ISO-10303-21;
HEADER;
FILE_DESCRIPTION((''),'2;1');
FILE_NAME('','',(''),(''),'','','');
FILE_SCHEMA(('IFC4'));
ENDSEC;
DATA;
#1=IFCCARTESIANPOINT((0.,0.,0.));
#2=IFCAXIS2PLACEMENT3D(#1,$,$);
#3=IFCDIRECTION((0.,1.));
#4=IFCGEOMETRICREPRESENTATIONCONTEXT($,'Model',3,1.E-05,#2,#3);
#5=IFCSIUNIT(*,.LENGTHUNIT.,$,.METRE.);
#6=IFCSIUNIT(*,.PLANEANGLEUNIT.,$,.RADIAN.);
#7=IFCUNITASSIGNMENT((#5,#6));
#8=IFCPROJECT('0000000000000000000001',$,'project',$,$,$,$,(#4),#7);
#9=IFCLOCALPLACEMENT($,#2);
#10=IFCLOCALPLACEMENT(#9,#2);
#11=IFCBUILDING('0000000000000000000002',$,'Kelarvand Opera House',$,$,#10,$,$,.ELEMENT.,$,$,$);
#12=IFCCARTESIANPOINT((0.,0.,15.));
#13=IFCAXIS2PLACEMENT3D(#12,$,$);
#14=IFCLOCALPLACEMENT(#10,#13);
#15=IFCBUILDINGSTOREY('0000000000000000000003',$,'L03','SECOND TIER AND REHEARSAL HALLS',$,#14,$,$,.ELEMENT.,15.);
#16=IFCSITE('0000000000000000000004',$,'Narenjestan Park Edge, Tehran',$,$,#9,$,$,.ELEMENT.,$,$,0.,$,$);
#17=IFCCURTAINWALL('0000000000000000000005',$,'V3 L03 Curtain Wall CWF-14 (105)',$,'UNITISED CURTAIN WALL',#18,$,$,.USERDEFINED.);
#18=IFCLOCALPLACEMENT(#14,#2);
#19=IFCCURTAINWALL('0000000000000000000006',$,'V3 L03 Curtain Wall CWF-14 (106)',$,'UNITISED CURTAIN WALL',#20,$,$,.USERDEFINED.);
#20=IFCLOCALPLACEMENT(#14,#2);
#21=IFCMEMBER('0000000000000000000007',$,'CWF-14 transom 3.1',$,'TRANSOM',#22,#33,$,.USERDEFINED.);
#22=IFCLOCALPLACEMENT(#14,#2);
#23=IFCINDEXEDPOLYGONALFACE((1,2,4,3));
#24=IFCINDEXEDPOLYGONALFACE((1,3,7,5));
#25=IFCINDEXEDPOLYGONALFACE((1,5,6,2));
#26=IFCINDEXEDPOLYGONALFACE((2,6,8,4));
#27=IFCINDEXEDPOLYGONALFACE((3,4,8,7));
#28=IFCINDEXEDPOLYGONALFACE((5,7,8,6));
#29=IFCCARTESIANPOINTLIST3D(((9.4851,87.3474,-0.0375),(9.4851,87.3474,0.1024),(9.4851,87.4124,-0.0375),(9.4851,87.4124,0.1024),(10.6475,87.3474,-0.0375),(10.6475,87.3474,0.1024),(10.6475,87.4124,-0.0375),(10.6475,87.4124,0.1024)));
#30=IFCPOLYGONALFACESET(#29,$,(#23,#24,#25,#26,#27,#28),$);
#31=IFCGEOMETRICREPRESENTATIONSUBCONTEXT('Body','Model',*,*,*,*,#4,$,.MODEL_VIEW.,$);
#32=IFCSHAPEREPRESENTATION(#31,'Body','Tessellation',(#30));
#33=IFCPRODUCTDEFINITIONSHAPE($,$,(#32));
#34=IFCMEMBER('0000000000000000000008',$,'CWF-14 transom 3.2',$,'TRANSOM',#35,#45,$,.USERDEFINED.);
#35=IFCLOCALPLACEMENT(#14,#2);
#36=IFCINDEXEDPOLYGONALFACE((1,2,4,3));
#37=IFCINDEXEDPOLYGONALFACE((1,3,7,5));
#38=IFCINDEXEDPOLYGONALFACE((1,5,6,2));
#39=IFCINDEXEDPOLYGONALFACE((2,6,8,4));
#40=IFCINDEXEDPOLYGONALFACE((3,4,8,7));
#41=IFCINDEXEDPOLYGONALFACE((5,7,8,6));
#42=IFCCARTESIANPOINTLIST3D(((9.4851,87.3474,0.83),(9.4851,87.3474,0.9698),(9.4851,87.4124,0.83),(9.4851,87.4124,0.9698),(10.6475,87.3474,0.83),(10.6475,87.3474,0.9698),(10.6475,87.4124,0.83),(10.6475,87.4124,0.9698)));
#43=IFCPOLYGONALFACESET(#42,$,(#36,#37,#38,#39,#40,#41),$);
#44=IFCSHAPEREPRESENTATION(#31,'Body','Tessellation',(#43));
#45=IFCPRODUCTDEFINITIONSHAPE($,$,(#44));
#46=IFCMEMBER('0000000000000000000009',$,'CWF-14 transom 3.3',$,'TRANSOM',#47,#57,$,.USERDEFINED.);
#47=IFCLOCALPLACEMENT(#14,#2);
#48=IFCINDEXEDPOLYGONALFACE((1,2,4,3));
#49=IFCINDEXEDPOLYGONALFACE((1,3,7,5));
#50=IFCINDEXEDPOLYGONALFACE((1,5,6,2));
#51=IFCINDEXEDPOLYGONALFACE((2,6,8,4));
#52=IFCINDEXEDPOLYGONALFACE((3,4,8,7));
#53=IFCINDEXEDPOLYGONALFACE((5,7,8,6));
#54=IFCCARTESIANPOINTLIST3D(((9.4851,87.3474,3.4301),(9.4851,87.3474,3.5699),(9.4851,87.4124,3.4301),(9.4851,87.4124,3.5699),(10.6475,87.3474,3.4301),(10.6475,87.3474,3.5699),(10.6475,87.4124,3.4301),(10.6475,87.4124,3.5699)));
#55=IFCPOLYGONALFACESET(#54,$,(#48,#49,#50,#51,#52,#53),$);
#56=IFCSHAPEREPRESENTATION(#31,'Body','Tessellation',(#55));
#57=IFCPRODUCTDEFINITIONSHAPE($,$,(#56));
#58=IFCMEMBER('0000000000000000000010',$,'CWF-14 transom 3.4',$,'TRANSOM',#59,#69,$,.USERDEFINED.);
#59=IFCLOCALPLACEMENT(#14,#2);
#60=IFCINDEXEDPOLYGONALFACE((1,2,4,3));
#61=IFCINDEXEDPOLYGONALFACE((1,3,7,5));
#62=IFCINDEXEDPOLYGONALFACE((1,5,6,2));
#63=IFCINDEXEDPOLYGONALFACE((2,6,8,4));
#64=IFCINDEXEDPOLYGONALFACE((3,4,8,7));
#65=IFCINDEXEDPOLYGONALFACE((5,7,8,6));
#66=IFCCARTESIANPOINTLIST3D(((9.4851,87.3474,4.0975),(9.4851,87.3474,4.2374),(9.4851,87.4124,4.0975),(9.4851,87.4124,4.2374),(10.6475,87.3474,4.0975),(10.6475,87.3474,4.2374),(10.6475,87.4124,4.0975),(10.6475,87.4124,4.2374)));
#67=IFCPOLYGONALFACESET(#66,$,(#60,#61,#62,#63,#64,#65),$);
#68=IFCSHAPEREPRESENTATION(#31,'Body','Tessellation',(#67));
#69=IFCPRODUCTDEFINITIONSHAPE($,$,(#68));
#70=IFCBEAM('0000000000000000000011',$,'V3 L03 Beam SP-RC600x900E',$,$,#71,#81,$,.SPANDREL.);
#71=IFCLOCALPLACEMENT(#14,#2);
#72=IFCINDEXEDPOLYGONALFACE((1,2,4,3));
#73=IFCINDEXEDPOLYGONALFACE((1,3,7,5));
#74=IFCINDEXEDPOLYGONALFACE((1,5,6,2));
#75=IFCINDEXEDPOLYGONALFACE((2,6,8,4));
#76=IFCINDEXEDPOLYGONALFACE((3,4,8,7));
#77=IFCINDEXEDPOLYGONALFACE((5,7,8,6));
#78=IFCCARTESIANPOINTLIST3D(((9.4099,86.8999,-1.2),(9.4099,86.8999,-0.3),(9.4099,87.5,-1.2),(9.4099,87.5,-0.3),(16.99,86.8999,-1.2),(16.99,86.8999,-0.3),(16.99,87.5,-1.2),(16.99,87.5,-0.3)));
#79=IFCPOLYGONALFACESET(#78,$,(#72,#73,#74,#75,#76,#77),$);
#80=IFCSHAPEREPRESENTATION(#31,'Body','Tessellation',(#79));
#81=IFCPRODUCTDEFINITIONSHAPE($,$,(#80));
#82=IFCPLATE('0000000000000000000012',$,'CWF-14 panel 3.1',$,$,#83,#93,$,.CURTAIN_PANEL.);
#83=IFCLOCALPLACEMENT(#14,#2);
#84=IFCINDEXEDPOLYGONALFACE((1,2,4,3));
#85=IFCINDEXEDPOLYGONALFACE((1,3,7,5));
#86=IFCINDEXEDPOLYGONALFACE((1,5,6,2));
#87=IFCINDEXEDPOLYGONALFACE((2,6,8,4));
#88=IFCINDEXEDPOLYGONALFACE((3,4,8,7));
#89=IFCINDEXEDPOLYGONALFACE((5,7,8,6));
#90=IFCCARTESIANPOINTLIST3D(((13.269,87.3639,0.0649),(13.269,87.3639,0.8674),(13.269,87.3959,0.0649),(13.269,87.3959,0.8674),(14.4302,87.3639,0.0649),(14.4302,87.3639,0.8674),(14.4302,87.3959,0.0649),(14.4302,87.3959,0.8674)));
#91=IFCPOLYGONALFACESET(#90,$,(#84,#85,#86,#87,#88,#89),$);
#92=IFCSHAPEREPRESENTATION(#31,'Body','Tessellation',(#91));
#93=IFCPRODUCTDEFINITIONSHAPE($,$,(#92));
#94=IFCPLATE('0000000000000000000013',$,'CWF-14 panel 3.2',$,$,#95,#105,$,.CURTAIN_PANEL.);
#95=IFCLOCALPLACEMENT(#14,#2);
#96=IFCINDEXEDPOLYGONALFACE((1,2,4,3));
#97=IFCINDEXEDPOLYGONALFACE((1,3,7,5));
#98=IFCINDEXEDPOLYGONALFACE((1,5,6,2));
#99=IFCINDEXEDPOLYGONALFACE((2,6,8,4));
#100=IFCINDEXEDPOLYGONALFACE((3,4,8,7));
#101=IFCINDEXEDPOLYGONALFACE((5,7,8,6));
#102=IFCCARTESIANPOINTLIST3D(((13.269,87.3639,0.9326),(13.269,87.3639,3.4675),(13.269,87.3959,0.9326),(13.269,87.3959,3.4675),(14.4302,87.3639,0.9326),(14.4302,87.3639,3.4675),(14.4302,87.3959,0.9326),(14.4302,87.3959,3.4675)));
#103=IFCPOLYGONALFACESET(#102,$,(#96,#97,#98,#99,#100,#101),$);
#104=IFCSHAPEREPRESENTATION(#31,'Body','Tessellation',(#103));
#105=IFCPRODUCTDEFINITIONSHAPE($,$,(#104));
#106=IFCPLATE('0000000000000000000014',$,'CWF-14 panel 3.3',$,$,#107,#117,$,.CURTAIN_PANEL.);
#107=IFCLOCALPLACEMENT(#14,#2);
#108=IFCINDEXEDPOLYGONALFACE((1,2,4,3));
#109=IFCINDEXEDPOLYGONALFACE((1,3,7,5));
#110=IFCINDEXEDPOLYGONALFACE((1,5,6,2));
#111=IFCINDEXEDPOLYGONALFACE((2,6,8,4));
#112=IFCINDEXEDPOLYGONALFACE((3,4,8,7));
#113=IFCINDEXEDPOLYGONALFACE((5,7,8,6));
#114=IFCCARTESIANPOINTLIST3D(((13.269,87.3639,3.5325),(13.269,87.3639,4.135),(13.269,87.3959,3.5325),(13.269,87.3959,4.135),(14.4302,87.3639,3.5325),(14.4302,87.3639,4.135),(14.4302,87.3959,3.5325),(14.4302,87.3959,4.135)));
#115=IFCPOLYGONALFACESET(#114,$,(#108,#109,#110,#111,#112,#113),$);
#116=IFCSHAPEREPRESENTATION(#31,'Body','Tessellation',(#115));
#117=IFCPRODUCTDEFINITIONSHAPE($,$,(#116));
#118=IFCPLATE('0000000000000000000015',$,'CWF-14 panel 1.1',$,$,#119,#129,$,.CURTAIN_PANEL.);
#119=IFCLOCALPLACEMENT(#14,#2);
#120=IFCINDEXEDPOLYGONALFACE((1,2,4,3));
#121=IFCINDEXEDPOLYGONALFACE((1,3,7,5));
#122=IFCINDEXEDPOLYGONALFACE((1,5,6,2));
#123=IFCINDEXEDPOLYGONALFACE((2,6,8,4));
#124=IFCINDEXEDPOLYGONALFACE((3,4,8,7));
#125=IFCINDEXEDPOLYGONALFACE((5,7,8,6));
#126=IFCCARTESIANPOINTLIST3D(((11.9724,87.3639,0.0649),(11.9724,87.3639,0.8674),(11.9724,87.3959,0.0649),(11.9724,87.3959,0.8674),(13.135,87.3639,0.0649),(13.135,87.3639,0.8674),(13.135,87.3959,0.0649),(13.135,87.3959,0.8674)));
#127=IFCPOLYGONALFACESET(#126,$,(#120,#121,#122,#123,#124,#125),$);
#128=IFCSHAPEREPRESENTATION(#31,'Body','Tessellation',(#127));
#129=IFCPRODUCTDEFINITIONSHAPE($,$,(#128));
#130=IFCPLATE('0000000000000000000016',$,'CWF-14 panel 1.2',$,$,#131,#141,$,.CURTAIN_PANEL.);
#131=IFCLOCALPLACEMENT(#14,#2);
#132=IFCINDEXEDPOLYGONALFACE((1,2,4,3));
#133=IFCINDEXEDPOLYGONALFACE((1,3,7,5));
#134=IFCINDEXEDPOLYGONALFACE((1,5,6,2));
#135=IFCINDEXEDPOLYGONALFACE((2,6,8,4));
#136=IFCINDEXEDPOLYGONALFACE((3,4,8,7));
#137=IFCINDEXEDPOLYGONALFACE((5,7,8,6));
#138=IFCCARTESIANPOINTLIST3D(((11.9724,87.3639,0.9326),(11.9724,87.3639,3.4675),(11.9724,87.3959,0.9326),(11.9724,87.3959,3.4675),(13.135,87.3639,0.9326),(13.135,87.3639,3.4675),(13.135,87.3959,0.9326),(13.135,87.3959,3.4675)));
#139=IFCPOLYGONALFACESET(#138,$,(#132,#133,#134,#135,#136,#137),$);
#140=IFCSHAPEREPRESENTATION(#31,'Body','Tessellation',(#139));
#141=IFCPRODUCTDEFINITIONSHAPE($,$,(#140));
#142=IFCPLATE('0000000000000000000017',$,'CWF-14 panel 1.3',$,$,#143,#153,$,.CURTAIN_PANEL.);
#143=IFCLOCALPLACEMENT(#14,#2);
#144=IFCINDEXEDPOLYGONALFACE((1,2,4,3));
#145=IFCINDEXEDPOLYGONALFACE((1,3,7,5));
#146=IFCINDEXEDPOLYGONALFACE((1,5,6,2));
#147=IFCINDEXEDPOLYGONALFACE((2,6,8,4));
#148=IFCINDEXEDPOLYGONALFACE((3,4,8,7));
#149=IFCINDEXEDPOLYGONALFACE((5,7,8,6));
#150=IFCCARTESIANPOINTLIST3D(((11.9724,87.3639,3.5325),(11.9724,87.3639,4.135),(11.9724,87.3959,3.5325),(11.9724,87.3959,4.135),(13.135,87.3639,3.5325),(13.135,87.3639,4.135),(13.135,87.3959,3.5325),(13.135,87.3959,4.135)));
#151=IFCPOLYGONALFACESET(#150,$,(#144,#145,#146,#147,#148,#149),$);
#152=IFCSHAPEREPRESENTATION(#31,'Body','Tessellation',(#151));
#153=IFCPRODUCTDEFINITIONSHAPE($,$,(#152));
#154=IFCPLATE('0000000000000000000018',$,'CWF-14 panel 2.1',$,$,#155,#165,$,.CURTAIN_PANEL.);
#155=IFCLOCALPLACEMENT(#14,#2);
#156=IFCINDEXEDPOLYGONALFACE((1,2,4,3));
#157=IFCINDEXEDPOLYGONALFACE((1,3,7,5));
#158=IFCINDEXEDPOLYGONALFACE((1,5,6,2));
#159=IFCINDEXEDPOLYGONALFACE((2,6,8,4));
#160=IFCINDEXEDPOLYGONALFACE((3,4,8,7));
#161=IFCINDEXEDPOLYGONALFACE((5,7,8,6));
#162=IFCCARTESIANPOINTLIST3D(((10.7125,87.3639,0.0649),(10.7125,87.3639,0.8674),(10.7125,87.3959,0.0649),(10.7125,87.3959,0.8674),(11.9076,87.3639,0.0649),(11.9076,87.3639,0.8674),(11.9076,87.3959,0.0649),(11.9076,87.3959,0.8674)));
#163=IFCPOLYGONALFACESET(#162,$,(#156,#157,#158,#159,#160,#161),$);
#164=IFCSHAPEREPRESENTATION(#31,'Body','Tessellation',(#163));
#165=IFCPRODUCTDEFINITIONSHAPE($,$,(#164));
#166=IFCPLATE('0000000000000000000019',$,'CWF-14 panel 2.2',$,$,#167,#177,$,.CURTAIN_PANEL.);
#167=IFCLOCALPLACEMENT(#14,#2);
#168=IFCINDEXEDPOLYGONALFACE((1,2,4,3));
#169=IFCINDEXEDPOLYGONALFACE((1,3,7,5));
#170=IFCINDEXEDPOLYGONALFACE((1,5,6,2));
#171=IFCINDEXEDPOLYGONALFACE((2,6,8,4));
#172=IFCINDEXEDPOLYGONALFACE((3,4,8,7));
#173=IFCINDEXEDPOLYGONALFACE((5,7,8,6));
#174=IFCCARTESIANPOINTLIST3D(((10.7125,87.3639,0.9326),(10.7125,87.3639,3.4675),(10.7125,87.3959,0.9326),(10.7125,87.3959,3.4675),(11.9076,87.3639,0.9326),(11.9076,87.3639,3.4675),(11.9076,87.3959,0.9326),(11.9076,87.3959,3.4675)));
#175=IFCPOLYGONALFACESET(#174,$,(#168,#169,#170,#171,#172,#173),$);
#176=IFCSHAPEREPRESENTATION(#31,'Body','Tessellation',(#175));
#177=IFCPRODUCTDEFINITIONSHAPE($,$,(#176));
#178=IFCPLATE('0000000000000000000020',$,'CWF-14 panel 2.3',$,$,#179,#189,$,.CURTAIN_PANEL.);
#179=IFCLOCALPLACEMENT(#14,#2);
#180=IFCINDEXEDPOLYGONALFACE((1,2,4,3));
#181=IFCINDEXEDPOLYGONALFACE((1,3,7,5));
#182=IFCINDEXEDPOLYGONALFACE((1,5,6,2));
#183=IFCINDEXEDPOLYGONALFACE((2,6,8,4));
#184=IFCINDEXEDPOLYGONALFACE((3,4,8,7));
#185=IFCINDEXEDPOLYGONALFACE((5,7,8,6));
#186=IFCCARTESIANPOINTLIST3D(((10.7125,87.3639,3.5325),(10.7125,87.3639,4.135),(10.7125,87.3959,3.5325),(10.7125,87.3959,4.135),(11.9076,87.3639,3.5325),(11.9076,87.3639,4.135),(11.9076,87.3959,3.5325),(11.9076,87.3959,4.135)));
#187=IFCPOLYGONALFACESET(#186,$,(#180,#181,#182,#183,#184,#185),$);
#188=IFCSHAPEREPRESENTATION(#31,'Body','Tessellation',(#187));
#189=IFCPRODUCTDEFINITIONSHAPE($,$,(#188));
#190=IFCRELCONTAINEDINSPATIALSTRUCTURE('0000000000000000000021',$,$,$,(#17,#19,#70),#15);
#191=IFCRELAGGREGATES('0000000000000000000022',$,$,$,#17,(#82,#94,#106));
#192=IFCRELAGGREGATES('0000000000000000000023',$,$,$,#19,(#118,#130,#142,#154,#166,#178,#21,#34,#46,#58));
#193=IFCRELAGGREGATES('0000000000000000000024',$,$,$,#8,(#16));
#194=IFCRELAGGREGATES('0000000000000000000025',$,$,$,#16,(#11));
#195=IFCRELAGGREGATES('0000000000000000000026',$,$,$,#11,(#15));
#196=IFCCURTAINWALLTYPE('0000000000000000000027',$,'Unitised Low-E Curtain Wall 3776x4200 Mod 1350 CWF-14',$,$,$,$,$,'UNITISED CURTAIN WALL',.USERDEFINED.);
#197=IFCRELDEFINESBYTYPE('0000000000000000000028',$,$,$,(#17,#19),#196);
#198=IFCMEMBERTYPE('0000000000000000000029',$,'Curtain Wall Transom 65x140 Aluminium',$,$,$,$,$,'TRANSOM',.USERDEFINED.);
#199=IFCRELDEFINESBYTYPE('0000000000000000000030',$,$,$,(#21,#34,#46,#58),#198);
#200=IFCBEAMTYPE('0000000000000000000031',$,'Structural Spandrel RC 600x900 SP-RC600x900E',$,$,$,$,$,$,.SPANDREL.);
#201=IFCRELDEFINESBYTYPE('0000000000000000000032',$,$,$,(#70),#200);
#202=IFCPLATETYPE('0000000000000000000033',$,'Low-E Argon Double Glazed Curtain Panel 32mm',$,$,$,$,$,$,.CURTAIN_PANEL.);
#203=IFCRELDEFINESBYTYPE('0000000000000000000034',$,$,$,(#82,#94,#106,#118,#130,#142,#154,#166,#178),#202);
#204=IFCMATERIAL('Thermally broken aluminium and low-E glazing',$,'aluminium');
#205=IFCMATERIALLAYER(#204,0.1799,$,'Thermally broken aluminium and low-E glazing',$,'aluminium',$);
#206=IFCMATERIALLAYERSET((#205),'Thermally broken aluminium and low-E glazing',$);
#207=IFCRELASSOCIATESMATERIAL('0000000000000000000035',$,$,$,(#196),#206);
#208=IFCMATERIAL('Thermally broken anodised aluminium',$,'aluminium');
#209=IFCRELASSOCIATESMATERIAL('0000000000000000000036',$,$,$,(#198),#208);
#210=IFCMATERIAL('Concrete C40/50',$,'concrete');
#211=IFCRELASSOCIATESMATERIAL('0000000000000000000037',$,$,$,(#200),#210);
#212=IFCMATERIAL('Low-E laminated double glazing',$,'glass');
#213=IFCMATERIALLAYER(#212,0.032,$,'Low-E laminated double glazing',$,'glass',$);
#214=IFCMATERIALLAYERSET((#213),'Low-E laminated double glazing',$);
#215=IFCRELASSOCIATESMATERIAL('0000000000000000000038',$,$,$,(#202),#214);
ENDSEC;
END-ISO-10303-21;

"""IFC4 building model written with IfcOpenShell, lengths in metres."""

from ifc_helpers import new_model, si_unit, direction, frame, origin, origin_2d, place, context, subcontext, project, spatial, rectangle, extrude, material, layer, layer_set, material_profile, profile_set, type_object, element, aggregate, save


model = new_model("IFC4")

# Units and contexts
model_context = context("Model", 3, precision=1e-05, world=origin(), true_north=direction((0.0, 1.0)))
body_context = subcontext(model_context, "Body", "Model", "MODEL_VIEW")
ifc_project = project(units=[si_unit("LENGTHUNIT", "METRE"), si_unit("PLANEANGLEUNIT", "RADIAN")], contexts=[model_context])

# Site, building, storey
site_placement = place(None, origin())
site = spatial("IfcSite", under=ifc_project, at=site_placement, Name="Narenjestan Park Edge, Tehran", CompositionType="ELEMENT", RefElevation=0.0)
building_placement = place(site_placement, origin())
building = spatial("IfcBuilding", under=site, at=building_placement, Name="Kelarvand Opera House", CompositionType="ELEMENT")
storey_placement = place(building_placement, frame((0.0, 0.0, 15.0)))
storey = spatial("IfcBuildingStorey", under=building, at=storey_placement, Name="L03", Description="SECOND TIER AND REHEARSAL HALLS", CompositionType="ELEMENT", Elevation=15.0)

# Shared definitions
ifc_material_1 = material(Name="Concrete C40/50", Category="concrete")

# Curtain wall
ifc_material_2 = material(Name="Thermally broken aluminium and low-E glazing", Category="aluminium")
ifc_layer_1 = layer(ifc_material_2, 0.1799, Name="Thermally broken aluminium and low-E glazing", Category="aluminium")
ifc_layer_set_1 = layer_set([ifc_layer_1], Name="Thermally broken aluminium and low-E glazing")
curtain_wall_type = type_object("IfcCurtainWallType", Name="Unitised Low-E Curtain Wall 3776x4200 Mod 1350 CWF-14", ElementType="UNITISED CURTAIN WALL", PredefinedType="USERDEFINED", material=ifc_layer_set_1)
curtain_wall_1_placement = place(storey_placement, origin())
curtain_wall_1 = element("IfcCurtainWall", 1, at=curtain_wall_1_placement, inside=storey, type_object=curtain_wall_type, Name="V3 L03 Curtain Wall CWF-14 (105)", ObjectType="UNITISED CURTAIN WALL", PredefinedType="USERDEFINED")
ifc_material_3 = material(Name="Thermally broken anodised aluminium", Category="aluminium")

# Curtain wall, members
curtain_wall_2_placement = place(storey_placement, origin())
curtain_wall_2 = element("IfcCurtainWall", 2, at=curtain_wall_2_placement, inside=storey, type_object=curtain_wall_type, Name="V3 L03 Curtain Wall CWF-14 (106)", ObjectType="UNITISED CURTAIN WALL", PredefinedType="USERDEFINED")
ifc_material_profile_1 = material_profile(ifc_material_3, rectangle(XDim=0.0649, YDim=0.1399, at=origin_2d()), Name="ALU TRANSOM 65x140", Category="aluminium")
ifc_profile_set_1 = profile_set([ifc_material_profile_1], Name="Thermally broken anodised aluminium")
member_type_1 = type_object("IfcMemberType", Name="Curtain Wall Transom 65x140 Aluminium", ElementType="TRANSOM", PredefinedType="USERDEFINED", material=ifc_profile_set_1)
member_1_placement = place(storey_placement, frame((10.6475, 87.3799, 0.0325), z_axis=(-1.0, 0.0, 0.0), x_axis=(0.0, -1.0, 0.0)))
member_1 = element("IfcMember", 3, at=member_1_placement, type_object=member_type_1, Name="CWF-14 transom 3.1", ObjectType="TRANSOM", PredefinedType="USERDEFINED", context=body_context, shape_type="SweptSolid", body=[
    extrude(rectangle(XDim=0.0649, YDim=0.1399, at=origin_2d()), origin(), (0.0, 0.0, 1.0), 1.1624),
])
member_2_placement = place(storey_placement, frame((10.6475, 87.3799, 0.8999), z_axis=(-1.0, 0.0, 0.0), x_axis=(0.0, -1.0, 0.0)))
member_2 = element("IfcMember", 4, at=member_2_placement, type_object=member_type_1, Name="CWF-14 transom 3.2", ObjectType="TRANSOM", PredefinedType="USERDEFINED", context=body_context, shape_type="SweptSolid", body=[
    extrude(rectangle(XDim=0.0649, YDim=0.1399, at=origin_2d()), origin(), (0.0, 0.0, 1.0), 1.1624),
])
member_3_placement = place(storey_placement, frame((10.6475, 87.3799, 3.5), z_axis=(-1.0, 0.0, 0.0), x_axis=(0.0, -1.0, 0.0)))
member_3 = element("IfcMember", 5, at=member_3_placement, type_object=member_type_1, Name="CWF-14 transom 3.3", ObjectType="TRANSOM", PredefinedType="USERDEFINED", context=body_context, shape_type="SweptSolid", body=[
    extrude(rectangle(XDim=0.0649, YDim=0.1399, at=origin_2d()), origin(), (0.0, 0.0, 1.0), 1.1624),
])
member_4_placement = place(storey_placement, frame((10.6475, 87.3799, 4.1675), z_axis=(-1.0, 0.0, 0.0), x_axis=(0.0, -1.0, 0.0)))
member_4 = element("IfcMember", 6, at=member_4_placement, type_object=member_type_1, Name="CWF-14 transom 3.4", ObjectType="TRANSOM", PredefinedType="USERDEFINED", context=body_context, shape_type="SweptSolid", body=[
    extrude(rectangle(XDim=0.0649, YDim=0.1399, at=origin_2d()), origin(), (0.0, 0.0, 1.0), 1.1624),
])

# Beam
ifc_material_profile_2 = material_profile(ifc_material_1, rectangle(XDim=0.6001, YDim=0.8999, at=origin_2d()), Name="RC 600x900", Category="concrete")
ifc_profile_set_2 = profile_set([ifc_material_profile_2], Name="Concrete C40/50")
beam_type = type_object("IfcBeamType", Name="Structural Spandrel RC 600x900 SP-RC600x900E", PredefinedType="SPANDREL", material=ifc_profile_set_2)
beam_placement = place(storey_placement, frame((9.4099, 87.2, -0.75), z_axis=(1.0, 0.0, 0.0), x_axis=(0.0, 1.0, 0.0)))
element("IfcBeam", 7, at=beam_placement, inside=storey, type_object=beam_type, Name="V3 L03 Beam SP-RC600x900E", PredefinedType="SPANDREL", context=body_context, shape_type="SweptSolid", body=[
    extrude(rectangle(XDim=0.6001, YDim=0.8999, at=origin_2d()), origin(), (0.0, 0.0, 1.0), 7.5801),
])

# Plates
ifc_material_4 = material(Name="Low-E laminated double glazing", Category="glass")
ifc_layer_2 = layer(ifc_material_4, 0.032, Name="Low-E laminated double glazing", Category="glass")
ifc_layer_set_2 = layer_set([ifc_layer_2], Name="Low-E laminated double glazing")
plate_type = type_object("IfcPlateType", Name="Low-E Argon Double Glazed Curtain Panel 32mm", PredefinedType="CURTAIN_PANEL", material=ifc_layer_set_2)
plate_1_placement = place(storey_placement, frame((13.8496, 87.3799, 0.0649), z_axis=(0.0, 0.0, 1.0), x_axis=(-1.0, 0.0, 0.0)))
plate_1 = element("IfcPlate", 8, at=plate_1_placement, type_object=plate_type, Name="CWF-14 panel 3.1", PredefinedType="CURTAIN_PANEL", context=body_context, shape_type="SweptSolid", body=[
    extrude(rectangle(XDim=1.1611, YDim=0.032, at=origin_2d()), origin(), (0.0, 0.0, 1.0), 0.8025),
])
plate_2_placement = place(storey_placement, frame((13.8496, 87.3799, 0.9326), z_axis=(0.0, 0.0, 1.0), x_axis=(-1.0, 0.0, 0.0)))
plate_2 = element("IfcPlate", 9, at=plate_2_placement, type_object=plate_type, Name="CWF-14 panel 3.2", PredefinedType="CURTAIN_PANEL", context=body_context, shape_type="SweptSolid", body=[
    extrude(rectangle(XDim=1.1611, YDim=0.032, at=origin_2d()), origin(), (0.0, 0.0, 1.0), 2.5349),
])
plate_3_placement = place(storey_placement, frame((13.8496, 87.3799, 3.5325), z_axis=(0.0, 0.0, 1.0), x_axis=(-1.0, 0.0, 0.0)))
plate_3 = element("IfcPlate", 10, at=plate_3_placement, type_object=plate_type, Name="CWF-14 panel 3.3", PredefinedType="CURTAIN_PANEL", context=body_context, shape_type="SweptSolid", body=[
    extrude(rectangle(XDim=1.1611, YDim=0.032, at=origin_2d()), origin(), (0.0, 0.0, 1.0), 0.6025),
])
aggregate(curtain_wall_1, [plate_1, plate_2, plate_3])
plate_4_placement = place(storey_placement, frame((12.5537, 87.3799, 0.0649), z_axis=(0.0, 0.0, 1.0), x_axis=(-1.0, 0.0, 0.0)))
plate_4 = element("IfcPlate", 11, at=plate_4_placement, type_object=plate_type, Name="CWF-14 panel 1.1", PredefinedType="CURTAIN_PANEL", context=body_context, shape_type="SweptSolid", body=[
    extrude(rectangle(XDim=1.1626, YDim=0.032, at=origin_2d()), origin(), (0.0, 0.0, 1.0), 0.8025),
])
plate_5_placement = place(storey_placement, frame((12.5537, 87.3799, 0.9326), z_axis=(0.0, 0.0, 1.0), x_axis=(-1.0, 0.0, 0.0)))
plate_5 = element("IfcPlate", 12, at=plate_5_placement, type_object=plate_type, Name="CWF-14 panel 1.2", PredefinedType="CURTAIN_PANEL", context=body_context, shape_type="SweptSolid", body=[
    extrude(rectangle(XDim=1.1626, YDim=0.032, at=origin_2d()), origin(), (0.0, 0.0, 1.0), 2.5349),
])
plate_6_placement = place(storey_placement, frame((12.5537, 87.3799, 3.5325), z_axis=(0.0, 0.0, 1.0), x_axis=(-1.0, 0.0, 0.0)))
plate_6 = element("IfcPlate", 13, at=plate_6_placement, type_object=plate_type, Name="CWF-14 panel 1.3", PredefinedType="CURTAIN_PANEL", context=body_context, shape_type="SweptSolid", body=[
    extrude(rectangle(XDim=1.1626, YDim=0.032, at=origin_2d()), origin(), (0.0, 0.0, 1.0), 0.6025),
])
plate_7_placement = place(storey_placement, frame((11.3101, 87.3799, 0.0649), z_axis=(0.0, 0.0, 1.0), x_axis=(-1.0, 0.0, 0.0)))
plate_7 = element("IfcPlate", 14, at=plate_7_placement, type_object=plate_type, Name="CWF-14 panel 2.1", PredefinedType="CURTAIN_PANEL", context=body_context, shape_type="SweptSolid", body=[
    extrude(rectangle(XDim=1.1951, YDim=0.032, at=origin_2d()), origin(), (0.0, 0.0, 1.0), 0.8025),
])
plate_8_placement = place(storey_placement, frame((11.3101, 87.3799, 0.9326), z_axis=(0.0, 0.0, 1.0), x_axis=(-1.0, 0.0, 0.0)))
plate_8 = element("IfcPlate", 15, at=plate_8_placement, type_object=plate_type, Name="CWF-14 panel 2.2", PredefinedType="CURTAIN_PANEL", context=body_context, shape_type="SweptSolid", body=[
    extrude(rectangle(XDim=1.1951, YDim=0.032, at=origin_2d()), origin(), (0.0, 0.0, 1.0), 2.5349),
])
plate_9_placement = place(storey_placement, frame((11.3101, 87.3799, 3.5325), z_axis=(0.0, 0.0, 1.0), x_axis=(-1.0, 0.0, 0.0)))
plate_9 = element("IfcPlate", 16, at=plate_9_placement, type_object=plate_type, Name="CWF-14 panel 2.3", PredefinedType="CURTAIN_PANEL", context=body_context, shape_type="SweptSolid", body=[
    extrude(rectangle(XDim=1.1951, YDim=0.032, at=origin_2d()), origin(), (0.0, 0.0, 1.0), 0.6025),
])
aggregate(curtain_wall_2, [plate_4, plate_5, plate_6, plate_7, plate_8, plate_9, member_1, member_2, member_3, member_4])

save(model, "model.ifc")
